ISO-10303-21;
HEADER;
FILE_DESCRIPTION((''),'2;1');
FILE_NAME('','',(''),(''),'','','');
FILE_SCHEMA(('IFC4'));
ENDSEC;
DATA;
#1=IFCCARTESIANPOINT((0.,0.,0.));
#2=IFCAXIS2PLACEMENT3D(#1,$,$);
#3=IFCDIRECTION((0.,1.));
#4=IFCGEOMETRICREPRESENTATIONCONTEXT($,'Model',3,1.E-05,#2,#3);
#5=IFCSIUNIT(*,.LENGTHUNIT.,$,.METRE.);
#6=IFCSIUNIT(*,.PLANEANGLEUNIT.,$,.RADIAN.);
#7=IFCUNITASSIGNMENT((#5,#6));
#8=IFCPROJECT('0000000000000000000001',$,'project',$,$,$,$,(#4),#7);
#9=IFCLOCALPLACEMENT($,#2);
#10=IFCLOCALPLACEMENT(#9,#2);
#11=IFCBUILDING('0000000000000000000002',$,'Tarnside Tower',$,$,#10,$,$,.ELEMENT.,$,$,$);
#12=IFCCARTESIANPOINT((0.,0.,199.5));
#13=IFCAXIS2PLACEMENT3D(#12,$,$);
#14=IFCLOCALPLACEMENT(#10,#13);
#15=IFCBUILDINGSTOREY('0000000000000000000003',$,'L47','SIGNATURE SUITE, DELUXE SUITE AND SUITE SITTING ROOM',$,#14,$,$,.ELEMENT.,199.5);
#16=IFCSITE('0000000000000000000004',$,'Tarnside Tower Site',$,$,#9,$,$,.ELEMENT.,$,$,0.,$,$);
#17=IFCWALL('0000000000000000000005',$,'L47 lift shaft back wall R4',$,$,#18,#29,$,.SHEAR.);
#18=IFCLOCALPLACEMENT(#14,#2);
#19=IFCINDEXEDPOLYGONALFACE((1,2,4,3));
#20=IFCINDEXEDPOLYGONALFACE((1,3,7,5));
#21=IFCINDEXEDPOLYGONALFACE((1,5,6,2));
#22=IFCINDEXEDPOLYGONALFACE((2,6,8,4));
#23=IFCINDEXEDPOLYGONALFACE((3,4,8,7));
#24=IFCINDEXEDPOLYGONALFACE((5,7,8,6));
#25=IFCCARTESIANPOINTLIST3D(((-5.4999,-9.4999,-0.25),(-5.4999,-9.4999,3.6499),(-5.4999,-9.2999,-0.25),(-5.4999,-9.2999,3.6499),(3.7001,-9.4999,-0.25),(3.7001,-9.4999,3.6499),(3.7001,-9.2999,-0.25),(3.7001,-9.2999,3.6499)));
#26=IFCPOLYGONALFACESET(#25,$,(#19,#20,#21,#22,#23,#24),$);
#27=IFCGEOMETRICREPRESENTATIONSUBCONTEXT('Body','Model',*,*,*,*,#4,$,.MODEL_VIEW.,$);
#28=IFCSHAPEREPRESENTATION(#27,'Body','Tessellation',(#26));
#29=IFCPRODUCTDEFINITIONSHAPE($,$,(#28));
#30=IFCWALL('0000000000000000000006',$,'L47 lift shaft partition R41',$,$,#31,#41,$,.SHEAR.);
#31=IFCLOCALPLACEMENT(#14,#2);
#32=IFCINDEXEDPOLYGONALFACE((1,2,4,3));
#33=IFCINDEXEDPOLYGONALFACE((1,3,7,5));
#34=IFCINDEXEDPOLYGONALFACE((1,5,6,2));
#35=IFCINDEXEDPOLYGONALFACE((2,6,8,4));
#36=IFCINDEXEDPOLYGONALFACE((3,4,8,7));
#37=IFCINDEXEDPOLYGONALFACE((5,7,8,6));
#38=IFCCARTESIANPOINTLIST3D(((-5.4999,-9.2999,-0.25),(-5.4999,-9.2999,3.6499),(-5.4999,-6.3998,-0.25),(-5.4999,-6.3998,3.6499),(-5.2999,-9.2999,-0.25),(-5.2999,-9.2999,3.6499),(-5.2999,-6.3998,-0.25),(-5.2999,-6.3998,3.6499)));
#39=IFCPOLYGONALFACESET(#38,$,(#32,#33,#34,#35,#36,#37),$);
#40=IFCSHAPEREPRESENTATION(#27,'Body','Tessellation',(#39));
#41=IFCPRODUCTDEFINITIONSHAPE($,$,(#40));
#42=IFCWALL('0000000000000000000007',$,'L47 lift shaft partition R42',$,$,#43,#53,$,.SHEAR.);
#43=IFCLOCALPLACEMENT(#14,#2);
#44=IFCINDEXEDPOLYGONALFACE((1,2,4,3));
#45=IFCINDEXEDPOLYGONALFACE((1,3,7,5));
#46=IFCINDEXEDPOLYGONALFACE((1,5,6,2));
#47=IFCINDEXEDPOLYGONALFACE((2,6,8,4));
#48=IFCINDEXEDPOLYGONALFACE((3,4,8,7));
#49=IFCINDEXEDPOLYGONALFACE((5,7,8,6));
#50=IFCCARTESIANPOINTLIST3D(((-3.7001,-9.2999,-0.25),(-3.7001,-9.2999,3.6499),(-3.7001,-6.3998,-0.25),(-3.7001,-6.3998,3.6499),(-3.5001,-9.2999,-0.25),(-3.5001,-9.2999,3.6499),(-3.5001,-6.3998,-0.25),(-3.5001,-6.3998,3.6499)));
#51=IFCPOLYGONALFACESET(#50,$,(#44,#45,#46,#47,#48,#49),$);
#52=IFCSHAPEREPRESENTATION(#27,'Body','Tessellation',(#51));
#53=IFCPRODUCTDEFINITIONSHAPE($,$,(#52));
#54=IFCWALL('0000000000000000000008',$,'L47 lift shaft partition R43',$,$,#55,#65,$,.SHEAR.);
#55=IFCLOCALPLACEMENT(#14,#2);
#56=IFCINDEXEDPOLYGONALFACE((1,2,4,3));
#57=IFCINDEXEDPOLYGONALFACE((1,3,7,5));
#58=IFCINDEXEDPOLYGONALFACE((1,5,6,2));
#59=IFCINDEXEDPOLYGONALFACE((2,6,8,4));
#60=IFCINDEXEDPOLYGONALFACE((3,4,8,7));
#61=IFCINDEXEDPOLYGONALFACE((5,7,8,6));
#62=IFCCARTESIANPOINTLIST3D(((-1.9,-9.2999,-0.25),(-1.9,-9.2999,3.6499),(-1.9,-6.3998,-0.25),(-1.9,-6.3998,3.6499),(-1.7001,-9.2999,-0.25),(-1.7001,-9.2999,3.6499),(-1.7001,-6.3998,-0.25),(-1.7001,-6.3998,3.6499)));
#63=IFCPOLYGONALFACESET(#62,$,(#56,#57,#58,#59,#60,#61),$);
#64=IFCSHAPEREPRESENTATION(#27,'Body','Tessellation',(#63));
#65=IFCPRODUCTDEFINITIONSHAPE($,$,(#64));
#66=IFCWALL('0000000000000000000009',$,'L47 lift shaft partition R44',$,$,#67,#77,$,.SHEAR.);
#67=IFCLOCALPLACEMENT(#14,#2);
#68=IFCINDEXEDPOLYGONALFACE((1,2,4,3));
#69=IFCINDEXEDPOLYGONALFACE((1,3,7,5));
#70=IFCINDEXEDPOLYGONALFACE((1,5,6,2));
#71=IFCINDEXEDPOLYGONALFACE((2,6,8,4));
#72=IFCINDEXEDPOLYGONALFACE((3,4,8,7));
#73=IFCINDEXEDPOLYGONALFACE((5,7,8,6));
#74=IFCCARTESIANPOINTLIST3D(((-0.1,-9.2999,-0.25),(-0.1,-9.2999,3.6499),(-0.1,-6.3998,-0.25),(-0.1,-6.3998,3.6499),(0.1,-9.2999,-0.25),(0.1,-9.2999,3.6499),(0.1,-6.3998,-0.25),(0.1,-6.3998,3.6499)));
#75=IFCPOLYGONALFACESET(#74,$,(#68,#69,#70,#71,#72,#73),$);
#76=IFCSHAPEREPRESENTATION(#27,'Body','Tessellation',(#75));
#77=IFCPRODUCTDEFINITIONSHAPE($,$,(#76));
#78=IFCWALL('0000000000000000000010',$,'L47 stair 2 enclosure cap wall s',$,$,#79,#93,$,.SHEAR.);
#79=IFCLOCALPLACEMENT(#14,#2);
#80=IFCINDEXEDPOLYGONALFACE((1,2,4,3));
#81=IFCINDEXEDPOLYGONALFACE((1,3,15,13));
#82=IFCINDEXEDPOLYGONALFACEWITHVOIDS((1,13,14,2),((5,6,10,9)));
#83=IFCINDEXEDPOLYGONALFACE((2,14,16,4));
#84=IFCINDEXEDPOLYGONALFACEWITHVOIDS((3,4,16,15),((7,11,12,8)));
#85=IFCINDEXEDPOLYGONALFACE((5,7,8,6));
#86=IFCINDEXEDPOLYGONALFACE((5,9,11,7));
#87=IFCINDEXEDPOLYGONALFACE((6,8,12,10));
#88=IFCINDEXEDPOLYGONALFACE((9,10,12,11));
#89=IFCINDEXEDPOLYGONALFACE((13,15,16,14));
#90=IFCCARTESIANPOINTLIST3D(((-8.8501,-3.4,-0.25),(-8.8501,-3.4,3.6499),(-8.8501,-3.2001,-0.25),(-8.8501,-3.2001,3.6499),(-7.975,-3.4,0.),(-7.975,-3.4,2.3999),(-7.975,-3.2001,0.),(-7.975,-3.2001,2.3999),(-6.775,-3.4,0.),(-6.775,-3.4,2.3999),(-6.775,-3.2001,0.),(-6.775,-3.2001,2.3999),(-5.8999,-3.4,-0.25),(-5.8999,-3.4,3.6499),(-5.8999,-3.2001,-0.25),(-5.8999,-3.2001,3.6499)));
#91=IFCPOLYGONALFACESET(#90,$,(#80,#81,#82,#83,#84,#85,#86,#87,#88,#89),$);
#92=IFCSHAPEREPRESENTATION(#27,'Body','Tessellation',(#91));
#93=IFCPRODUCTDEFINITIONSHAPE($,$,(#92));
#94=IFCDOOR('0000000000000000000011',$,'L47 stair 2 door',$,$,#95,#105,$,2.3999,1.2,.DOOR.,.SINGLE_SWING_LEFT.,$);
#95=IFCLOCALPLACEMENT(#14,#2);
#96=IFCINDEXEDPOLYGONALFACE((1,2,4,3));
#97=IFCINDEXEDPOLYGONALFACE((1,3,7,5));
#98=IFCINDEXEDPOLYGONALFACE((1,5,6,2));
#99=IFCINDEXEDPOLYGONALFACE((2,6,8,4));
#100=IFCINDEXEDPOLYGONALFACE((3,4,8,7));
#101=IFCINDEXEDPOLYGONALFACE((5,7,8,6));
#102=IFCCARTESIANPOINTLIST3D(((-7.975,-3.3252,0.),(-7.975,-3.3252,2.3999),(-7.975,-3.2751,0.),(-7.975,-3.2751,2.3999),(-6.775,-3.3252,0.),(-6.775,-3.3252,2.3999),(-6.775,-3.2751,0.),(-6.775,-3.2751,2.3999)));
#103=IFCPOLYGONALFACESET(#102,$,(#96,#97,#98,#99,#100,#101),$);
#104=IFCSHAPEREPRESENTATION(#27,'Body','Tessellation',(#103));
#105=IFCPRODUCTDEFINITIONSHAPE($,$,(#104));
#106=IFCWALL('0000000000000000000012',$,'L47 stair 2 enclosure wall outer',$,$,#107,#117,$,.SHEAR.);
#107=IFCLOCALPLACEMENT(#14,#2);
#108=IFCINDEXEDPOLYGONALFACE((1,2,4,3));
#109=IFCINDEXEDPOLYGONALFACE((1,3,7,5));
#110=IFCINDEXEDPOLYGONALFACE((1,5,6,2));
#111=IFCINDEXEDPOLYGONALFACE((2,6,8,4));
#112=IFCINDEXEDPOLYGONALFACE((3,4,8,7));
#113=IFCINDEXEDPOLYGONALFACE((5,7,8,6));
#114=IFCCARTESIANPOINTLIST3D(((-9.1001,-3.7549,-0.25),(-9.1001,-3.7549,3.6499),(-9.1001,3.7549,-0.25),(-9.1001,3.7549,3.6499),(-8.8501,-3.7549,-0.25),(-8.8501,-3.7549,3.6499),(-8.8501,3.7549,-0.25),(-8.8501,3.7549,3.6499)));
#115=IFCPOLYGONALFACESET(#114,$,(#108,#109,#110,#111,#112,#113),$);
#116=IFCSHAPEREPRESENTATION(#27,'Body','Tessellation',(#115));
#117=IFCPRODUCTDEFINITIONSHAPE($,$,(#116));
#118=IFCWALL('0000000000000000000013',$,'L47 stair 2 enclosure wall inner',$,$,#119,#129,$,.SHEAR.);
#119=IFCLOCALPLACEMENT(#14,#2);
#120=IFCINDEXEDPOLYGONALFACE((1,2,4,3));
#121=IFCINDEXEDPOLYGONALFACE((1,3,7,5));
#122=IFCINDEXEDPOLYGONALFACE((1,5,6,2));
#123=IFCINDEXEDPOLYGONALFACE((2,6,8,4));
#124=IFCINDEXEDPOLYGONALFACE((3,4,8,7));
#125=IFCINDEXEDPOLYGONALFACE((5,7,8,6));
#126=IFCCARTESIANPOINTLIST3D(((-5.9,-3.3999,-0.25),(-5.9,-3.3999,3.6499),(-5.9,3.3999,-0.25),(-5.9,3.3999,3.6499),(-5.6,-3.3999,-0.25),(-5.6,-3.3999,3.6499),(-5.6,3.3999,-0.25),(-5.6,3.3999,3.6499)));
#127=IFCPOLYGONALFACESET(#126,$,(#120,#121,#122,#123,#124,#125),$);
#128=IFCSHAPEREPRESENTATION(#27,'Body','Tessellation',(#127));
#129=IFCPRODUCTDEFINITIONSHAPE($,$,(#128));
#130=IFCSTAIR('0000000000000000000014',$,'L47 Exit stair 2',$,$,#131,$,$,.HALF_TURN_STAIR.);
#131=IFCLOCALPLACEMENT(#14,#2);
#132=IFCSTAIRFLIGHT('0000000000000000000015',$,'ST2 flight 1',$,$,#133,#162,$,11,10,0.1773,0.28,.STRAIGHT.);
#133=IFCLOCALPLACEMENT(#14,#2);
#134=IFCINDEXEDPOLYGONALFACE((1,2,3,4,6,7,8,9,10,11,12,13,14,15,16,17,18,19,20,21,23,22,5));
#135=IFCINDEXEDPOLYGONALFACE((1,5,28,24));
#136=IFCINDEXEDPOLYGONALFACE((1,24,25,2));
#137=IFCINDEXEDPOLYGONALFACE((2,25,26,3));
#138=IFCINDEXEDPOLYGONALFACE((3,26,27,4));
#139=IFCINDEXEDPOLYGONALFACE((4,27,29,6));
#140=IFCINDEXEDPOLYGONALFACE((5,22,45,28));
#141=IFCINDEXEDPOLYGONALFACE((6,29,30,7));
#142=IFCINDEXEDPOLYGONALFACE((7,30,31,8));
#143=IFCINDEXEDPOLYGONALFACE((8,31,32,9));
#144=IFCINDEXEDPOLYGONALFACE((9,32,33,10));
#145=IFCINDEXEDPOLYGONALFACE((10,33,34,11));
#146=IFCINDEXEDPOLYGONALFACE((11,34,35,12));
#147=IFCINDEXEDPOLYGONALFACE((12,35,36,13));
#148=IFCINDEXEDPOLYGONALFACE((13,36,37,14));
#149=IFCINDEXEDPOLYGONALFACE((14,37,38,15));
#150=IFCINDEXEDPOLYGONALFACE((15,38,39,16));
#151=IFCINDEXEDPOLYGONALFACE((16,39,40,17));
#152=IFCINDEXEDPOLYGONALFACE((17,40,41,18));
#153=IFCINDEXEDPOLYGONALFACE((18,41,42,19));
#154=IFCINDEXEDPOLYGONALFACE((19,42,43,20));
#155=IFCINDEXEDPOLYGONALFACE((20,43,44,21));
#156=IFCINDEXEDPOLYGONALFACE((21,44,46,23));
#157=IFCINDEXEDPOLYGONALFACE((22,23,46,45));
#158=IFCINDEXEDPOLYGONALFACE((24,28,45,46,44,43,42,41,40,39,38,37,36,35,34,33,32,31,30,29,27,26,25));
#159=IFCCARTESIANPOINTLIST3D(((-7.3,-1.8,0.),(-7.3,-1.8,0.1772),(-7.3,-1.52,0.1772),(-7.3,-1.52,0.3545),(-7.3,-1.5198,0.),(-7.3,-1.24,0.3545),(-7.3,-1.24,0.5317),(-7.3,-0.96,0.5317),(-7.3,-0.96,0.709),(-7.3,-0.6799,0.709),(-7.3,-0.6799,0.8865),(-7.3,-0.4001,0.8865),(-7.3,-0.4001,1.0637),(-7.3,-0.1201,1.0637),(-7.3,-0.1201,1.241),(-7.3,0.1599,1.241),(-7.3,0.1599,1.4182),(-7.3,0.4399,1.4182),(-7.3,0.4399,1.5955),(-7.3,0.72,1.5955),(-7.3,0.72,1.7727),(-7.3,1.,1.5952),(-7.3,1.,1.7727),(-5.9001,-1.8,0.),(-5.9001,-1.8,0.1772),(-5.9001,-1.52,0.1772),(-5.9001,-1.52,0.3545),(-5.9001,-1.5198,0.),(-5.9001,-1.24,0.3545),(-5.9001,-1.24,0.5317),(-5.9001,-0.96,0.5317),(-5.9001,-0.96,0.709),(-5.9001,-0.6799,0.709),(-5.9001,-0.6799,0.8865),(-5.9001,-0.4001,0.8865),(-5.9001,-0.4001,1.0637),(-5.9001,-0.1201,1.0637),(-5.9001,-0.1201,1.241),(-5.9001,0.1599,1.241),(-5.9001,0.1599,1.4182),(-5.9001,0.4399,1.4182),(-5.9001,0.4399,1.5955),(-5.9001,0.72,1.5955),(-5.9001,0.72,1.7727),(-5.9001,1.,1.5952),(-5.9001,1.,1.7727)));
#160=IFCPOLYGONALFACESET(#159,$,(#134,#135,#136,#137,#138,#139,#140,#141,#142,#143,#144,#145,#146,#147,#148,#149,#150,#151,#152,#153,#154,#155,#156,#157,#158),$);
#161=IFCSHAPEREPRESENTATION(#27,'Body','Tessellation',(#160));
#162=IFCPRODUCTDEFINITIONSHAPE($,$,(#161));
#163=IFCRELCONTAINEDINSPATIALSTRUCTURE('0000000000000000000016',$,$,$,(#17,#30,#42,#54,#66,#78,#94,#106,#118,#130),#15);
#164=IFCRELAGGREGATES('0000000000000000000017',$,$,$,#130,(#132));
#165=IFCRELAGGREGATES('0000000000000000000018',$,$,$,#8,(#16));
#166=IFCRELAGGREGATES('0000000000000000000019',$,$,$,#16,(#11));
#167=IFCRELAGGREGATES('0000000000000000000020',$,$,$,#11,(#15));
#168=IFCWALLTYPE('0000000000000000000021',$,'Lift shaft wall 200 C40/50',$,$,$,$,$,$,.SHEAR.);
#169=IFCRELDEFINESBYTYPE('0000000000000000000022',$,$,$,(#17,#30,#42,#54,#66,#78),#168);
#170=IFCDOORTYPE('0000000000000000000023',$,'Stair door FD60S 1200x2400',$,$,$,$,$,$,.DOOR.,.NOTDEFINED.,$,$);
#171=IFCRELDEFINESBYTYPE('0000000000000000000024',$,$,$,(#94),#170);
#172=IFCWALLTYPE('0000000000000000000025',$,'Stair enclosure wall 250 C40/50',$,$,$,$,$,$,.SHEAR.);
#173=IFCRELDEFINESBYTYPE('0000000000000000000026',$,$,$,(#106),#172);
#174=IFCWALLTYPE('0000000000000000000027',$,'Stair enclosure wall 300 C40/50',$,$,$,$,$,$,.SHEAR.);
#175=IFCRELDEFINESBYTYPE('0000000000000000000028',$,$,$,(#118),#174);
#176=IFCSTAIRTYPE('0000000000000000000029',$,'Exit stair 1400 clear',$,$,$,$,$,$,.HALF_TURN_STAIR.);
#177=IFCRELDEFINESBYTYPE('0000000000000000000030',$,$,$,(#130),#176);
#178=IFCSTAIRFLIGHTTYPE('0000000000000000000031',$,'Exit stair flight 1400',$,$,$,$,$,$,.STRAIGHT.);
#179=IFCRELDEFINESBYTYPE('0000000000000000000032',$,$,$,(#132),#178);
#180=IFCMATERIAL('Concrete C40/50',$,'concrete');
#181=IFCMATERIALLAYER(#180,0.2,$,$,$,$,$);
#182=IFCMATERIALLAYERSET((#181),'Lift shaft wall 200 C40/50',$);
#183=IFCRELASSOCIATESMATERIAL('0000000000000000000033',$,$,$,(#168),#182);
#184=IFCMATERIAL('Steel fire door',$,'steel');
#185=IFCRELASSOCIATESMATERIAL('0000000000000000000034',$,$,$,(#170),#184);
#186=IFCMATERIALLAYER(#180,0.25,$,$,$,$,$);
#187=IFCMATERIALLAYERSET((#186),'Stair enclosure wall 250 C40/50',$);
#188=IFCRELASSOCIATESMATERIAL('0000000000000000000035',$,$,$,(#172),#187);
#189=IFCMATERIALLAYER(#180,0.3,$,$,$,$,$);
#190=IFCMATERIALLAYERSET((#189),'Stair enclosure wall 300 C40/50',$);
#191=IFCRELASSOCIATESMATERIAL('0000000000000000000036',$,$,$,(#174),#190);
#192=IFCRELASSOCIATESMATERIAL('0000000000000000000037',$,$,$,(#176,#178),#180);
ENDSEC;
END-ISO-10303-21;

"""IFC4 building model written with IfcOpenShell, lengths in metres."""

from ifc_helpers import new_model, si_unit, direction, frame, frame_2d, origin, place, context, subcontext, project, spatial, polyline, rectangle, outline, extrude, material, layer, layer_set, type_object, element, fill, aggregate, save


model = new_model("IFC4")

# Units and contexts
model_context = context("Model", 3, precision=1e-05, world=origin(), true_north=direction((0.0, 1.0)))
body_context = subcontext(model_context, "Body", "Model", "MODEL_VIEW")
ifc_project = project(units=[si_unit("LENGTHUNIT", "METRE"), si_unit("PLANEANGLEUNIT", "RADIAN")], contexts=[model_context])

# Site, building, storey
site_placement = place(None, origin())
site = spatial("IfcSite", under=ifc_project, at=site_placement, Name="Tarnside Tower Site", CompositionType="ELEMENT", RefElevation=0.0)
building_placement = place(site_placement, origin())
building = spatial("IfcBuilding", under=site, at=building_placement, Name="Tarnside Tower", CompositionType="ELEMENT")
storey_placement = place(building_placement, frame((0.0, 0.0, 199.5)))
storey = spatial("IfcBuildingStorey", under=building, at=storey_placement, Name="L47", Description="SIGNATURE SUITE, DELUXE SUITE AND SUITE SITTING ROOM", CompositionType="ELEMENT", Elevation=199.5)

# Shared definitions
ifc_material_1 = material(Name="Concrete C40/50", Category="concrete")

# Shared definitions
ifc_layer_1 = layer(ifc_material_1, 0.2)
ifc_layer_set_1 = layer_set([ifc_layer_1], Name="Lift shaft wall 200 C40/50")
wall_type_1 = type_object("IfcWallType", Name="Lift shaft wall 200 C40/50", PredefinedType="SHEAR", material=ifc_layer_set_1)

# Walls
wall_1_placement = place(storey_placement, frame((-5.5, -9.3999, -0.25), z_axis=(0.0, 0.0, 1.0), x_axis=(1.0, 0.0, 0.0)))
element("IfcWall", 1, at=wall_1_placement, inside=storey, type_object=wall_type_1, Name="L47 lift shaft back wall R4", PredefinedType="SHEAR", context=body_context, shape_type="SweptSolid", body=[
    extrude(rectangle(XDim=9.2, YDim=0.2, at=frame_2d((4.6001, 0.0))), origin(), (0.0, 0.0, 1.0), 3.8999),
])
for number, where, z_axis, x_axis, name in (
    (2, (-5.3999, -9.3, -0.25), (0.0, 0.0, 1.0), (0.0, 1.0, 0.0), "L47 lift shaft partition R41"),
    (3, (-3.6001, -9.3, -0.25), (0.0, 0.0, 1.0), (0.0, 1.0, 0.0), "L47 lift shaft partition R42"),
    (4, (-1.8, -9.3, -0.25), (0.0, 0.0, 1.0), (0.0, 1.0, 0.0), "L47 lift shaft partition R43"),
    (5, (0.0, -9.3, -0.25), (0.0, 0.0, 1.0), (0.0, 1.0, 0.0), "L47 lift shaft partition R44"),
):
    element("IfcWall", number, at=place(storey_placement, frame(where, z_axis=z_axis, x_axis=x_axis)), inside=storey, type_object=wall_type_1, Name=name, PredefinedType="SHEAR", context=body_context, shape_type="SweptSolid", body=[
        extrude(rectangle(XDim=2.9001, YDim=0.2, at=frame_2d((1.4502, 0.0))), origin(), (0.0, 0.0, 1.0), 3.8999),
    ])

# Wall, opening, door
wall_2_placement = place(storey_placement, frame((-8.8501, -3.3, -0.25), z_axis=(0.0, 0.0, 1.0), x_axis=(1.0, 0.0, 0.0)))
wall_2 = element("IfcWall", 6, at=wall_2_placement, inside=storey, type_object=wall_type_1, Name="L47 stair 2 enclosure cap wall s", PredefinedType="SHEAR", context=body_context, shape_type="SweptSolid", body=[
    extrude(rectangle(XDim=2.9502, YDim=0.2, at=frame_2d((1.4751, 0.0))), origin(), (0.0, 0.0, 1.0), 3.8999),
])
opening_1_placement = place(wall_2_placement, frame((0.875, 0.0, 0.25)))
opening_1 = element("IfcOpeningElement", 7, at=opening_1_placement, cuts=wall_2, PredefinedType="OPENING", context=body_context, shape_type="SweptSolid", body=[
    extrude(rectangle(XDim=1.2, YDim=2.3999, at=frame_2d((0.6001, 1.2))), frame((0.0, 0.1099, 0.0), z_axis=(0.0, -1.0, 0.0), x_axis=(1.0, 0.0, 0.0)), (0.0, 0.0, 1.0), 0.22),
])
ifc_material_2 = material(Name="Steel fire door", Category="steel")
door_type_1 = type_object("IfcDoorType", Name="Stair door FD60S 1200x2400", OperationType="NOTDEFINED", PredefinedType="DOOR", material=ifc_material_2)
door_1_placement = place(opening_1_placement, origin())
door_1 = element("IfcDoor", 8, at=door_1_placement, inside=storey, type_object=door_type_1, Name="L47 stair 2 door", OperationType="SINGLE_SWING_LEFT", OverallHeight=2.3999, OverallWidth=1.2, PredefinedType="DOOR", context=body_context, shape_type="SweptSolid", body=[
    extrude(rectangle(XDim=1.2, YDim=2.3999, at=frame_2d((0.6001, 1.2))), frame((0.0, 0.0249, 0.0), z_axis=(0.0, -1.0, 0.0), x_axis=(1.0, 0.0, 0.0)), (0.0, 0.0, 1.0), 0.05),
])
fill(opening_1, door_1)

# Walls
ifc_layer_2 = layer(ifc_material_1, 0.25)
ifc_layer_set_2 = layer_set([ifc_layer_2], Name="Stair enclosure wall 250 C40/50")
wall_type_2 = type_object("IfcWallType", Name="Stair enclosure wall 250 C40/50", PredefinedType="SHEAR", material=ifc_layer_set_2)
wall_3_placement = place(storey_placement, frame((-8.9751, -3.7549, -0.25), z_axis=(0.0, 0.0, 1.0), x_axis=(0.0, 1.0, 0.0)))
element("IfcWall", 9, at=wall_3_placement, inside=storey, type_object=wall_type_2, Name="L47 stair 2 enclosure wall outer", PredefinedType="SHEAR", context=body_context, shape_type="SweptSolid", body=[
    extrude(rectangle(XDim=7.5098, YDim=0.25, at=frame_2d((3.7549, 0.0))), origin(), (0.0, 0.0, 1.0), 3.8999),
])
ifc_layer_3 = layer(ifc_material_1, 0.3)
ifc_layer_set_3 = layer_set([ifc_layer_3], Name="Stair enclosure wall 300 C40/50")
wall_type_3 = type_object("IfcWallType", Name="Stair enclosure wall 300 C40/50", PredefinedType="SHEAR", material=ifc_layer_set_3)
wall_4_placement = place(storey_placement, frame((-5.75, -3.3999, -0.25), z_axis=(0.0, 0.0, 1.0), x_axis=(0.0, 1.0, 0.0)))
element("IfcWall", 10, at=wall_4_placement, inside=storey, type_object=wall_type_3, Name="L47 stair 2 enclosure wall inner", PredefinedType="SHEAR", context=body_context, shape_type="SweptSolid", body=[
    extrude(rectangle(XDim=6.7998, YDim=0.3, at=frame_2d((3.3999, 0.0))), origin(), (0.0, 0.0, 1.0), 3.8999),
])

# Stair, stair flight
stair_type = type_object("IfcStairType", Name="Exit stair 1400 clear", PredefinedType="HALF_TURN_STAIR", material=ifc_material_1)
stair_placement = place(storey_placement, origin())
stair = element("IfcStair", 11, at=stair_placement, inside=storey, type_object=stair_type, Name="L47 Exit stair 2", PredefinedType="HALF_TURN_STAIR")
stair_flight_type = type_object("IfcStairFlightType", Name="Exit stair flight 1400", PredefinedType="STRAIGHT", material=ifc_material_1)
stair_flight_placement = place(storey_placement, frame((-6.6001, -1.8, 0.0), z_axis=(0.0, 0.0, 1.0), x_axis=(0.0, 1.0, 0.0)))
stair_flight = element("IfcStairFlight", 12, at=stair_flight_placement, type_object=stair_flight_type, Name="ST2 flight 1", NumberOfRisers=11, NumberOfTreads=10, PredefinedType="STRAIGHT", RiserHeight=0.1773, TreadLength=0.28, context=body_context, shape_type="SweptSolid", body=[
    extrude(outline(polyline([(0.0, 0.0), (0.0, 0.1772), (0.28, 0.1772), (0.28, 0.3545), (0.5601, 0.3545), (0.5601, 0.5317), (0.8401, 0.5317), (0.8401, 0.709), (1.1201, 0.709), (1.1201, 0.8865), (1.3999, 0.8865), (1.3999, 1.0637), (1.6799, 1.0637), (1.6799, 1.241), (1.96, 1.241), (1.96, 1.4182), (2.24, 1.4182), (2.24, 1.5955), (2.52, 1.5955), (2.52, 1.7727), (2.8, 1.7727), (2.8, 1.95), (2.8, 1.5952), (0.2803, 0.0), (0.0, 0.0)])), frame((0.0, 0.7, 0.0), z_axis=(0.0, -1.0, 0.0), x_axis=(1.0, 0.0, 0.0)), (0.0, 0.0, 1.0), 1.3999),
])
aggregate(stair, [stair_flight])

save(model, "model.ifc")
